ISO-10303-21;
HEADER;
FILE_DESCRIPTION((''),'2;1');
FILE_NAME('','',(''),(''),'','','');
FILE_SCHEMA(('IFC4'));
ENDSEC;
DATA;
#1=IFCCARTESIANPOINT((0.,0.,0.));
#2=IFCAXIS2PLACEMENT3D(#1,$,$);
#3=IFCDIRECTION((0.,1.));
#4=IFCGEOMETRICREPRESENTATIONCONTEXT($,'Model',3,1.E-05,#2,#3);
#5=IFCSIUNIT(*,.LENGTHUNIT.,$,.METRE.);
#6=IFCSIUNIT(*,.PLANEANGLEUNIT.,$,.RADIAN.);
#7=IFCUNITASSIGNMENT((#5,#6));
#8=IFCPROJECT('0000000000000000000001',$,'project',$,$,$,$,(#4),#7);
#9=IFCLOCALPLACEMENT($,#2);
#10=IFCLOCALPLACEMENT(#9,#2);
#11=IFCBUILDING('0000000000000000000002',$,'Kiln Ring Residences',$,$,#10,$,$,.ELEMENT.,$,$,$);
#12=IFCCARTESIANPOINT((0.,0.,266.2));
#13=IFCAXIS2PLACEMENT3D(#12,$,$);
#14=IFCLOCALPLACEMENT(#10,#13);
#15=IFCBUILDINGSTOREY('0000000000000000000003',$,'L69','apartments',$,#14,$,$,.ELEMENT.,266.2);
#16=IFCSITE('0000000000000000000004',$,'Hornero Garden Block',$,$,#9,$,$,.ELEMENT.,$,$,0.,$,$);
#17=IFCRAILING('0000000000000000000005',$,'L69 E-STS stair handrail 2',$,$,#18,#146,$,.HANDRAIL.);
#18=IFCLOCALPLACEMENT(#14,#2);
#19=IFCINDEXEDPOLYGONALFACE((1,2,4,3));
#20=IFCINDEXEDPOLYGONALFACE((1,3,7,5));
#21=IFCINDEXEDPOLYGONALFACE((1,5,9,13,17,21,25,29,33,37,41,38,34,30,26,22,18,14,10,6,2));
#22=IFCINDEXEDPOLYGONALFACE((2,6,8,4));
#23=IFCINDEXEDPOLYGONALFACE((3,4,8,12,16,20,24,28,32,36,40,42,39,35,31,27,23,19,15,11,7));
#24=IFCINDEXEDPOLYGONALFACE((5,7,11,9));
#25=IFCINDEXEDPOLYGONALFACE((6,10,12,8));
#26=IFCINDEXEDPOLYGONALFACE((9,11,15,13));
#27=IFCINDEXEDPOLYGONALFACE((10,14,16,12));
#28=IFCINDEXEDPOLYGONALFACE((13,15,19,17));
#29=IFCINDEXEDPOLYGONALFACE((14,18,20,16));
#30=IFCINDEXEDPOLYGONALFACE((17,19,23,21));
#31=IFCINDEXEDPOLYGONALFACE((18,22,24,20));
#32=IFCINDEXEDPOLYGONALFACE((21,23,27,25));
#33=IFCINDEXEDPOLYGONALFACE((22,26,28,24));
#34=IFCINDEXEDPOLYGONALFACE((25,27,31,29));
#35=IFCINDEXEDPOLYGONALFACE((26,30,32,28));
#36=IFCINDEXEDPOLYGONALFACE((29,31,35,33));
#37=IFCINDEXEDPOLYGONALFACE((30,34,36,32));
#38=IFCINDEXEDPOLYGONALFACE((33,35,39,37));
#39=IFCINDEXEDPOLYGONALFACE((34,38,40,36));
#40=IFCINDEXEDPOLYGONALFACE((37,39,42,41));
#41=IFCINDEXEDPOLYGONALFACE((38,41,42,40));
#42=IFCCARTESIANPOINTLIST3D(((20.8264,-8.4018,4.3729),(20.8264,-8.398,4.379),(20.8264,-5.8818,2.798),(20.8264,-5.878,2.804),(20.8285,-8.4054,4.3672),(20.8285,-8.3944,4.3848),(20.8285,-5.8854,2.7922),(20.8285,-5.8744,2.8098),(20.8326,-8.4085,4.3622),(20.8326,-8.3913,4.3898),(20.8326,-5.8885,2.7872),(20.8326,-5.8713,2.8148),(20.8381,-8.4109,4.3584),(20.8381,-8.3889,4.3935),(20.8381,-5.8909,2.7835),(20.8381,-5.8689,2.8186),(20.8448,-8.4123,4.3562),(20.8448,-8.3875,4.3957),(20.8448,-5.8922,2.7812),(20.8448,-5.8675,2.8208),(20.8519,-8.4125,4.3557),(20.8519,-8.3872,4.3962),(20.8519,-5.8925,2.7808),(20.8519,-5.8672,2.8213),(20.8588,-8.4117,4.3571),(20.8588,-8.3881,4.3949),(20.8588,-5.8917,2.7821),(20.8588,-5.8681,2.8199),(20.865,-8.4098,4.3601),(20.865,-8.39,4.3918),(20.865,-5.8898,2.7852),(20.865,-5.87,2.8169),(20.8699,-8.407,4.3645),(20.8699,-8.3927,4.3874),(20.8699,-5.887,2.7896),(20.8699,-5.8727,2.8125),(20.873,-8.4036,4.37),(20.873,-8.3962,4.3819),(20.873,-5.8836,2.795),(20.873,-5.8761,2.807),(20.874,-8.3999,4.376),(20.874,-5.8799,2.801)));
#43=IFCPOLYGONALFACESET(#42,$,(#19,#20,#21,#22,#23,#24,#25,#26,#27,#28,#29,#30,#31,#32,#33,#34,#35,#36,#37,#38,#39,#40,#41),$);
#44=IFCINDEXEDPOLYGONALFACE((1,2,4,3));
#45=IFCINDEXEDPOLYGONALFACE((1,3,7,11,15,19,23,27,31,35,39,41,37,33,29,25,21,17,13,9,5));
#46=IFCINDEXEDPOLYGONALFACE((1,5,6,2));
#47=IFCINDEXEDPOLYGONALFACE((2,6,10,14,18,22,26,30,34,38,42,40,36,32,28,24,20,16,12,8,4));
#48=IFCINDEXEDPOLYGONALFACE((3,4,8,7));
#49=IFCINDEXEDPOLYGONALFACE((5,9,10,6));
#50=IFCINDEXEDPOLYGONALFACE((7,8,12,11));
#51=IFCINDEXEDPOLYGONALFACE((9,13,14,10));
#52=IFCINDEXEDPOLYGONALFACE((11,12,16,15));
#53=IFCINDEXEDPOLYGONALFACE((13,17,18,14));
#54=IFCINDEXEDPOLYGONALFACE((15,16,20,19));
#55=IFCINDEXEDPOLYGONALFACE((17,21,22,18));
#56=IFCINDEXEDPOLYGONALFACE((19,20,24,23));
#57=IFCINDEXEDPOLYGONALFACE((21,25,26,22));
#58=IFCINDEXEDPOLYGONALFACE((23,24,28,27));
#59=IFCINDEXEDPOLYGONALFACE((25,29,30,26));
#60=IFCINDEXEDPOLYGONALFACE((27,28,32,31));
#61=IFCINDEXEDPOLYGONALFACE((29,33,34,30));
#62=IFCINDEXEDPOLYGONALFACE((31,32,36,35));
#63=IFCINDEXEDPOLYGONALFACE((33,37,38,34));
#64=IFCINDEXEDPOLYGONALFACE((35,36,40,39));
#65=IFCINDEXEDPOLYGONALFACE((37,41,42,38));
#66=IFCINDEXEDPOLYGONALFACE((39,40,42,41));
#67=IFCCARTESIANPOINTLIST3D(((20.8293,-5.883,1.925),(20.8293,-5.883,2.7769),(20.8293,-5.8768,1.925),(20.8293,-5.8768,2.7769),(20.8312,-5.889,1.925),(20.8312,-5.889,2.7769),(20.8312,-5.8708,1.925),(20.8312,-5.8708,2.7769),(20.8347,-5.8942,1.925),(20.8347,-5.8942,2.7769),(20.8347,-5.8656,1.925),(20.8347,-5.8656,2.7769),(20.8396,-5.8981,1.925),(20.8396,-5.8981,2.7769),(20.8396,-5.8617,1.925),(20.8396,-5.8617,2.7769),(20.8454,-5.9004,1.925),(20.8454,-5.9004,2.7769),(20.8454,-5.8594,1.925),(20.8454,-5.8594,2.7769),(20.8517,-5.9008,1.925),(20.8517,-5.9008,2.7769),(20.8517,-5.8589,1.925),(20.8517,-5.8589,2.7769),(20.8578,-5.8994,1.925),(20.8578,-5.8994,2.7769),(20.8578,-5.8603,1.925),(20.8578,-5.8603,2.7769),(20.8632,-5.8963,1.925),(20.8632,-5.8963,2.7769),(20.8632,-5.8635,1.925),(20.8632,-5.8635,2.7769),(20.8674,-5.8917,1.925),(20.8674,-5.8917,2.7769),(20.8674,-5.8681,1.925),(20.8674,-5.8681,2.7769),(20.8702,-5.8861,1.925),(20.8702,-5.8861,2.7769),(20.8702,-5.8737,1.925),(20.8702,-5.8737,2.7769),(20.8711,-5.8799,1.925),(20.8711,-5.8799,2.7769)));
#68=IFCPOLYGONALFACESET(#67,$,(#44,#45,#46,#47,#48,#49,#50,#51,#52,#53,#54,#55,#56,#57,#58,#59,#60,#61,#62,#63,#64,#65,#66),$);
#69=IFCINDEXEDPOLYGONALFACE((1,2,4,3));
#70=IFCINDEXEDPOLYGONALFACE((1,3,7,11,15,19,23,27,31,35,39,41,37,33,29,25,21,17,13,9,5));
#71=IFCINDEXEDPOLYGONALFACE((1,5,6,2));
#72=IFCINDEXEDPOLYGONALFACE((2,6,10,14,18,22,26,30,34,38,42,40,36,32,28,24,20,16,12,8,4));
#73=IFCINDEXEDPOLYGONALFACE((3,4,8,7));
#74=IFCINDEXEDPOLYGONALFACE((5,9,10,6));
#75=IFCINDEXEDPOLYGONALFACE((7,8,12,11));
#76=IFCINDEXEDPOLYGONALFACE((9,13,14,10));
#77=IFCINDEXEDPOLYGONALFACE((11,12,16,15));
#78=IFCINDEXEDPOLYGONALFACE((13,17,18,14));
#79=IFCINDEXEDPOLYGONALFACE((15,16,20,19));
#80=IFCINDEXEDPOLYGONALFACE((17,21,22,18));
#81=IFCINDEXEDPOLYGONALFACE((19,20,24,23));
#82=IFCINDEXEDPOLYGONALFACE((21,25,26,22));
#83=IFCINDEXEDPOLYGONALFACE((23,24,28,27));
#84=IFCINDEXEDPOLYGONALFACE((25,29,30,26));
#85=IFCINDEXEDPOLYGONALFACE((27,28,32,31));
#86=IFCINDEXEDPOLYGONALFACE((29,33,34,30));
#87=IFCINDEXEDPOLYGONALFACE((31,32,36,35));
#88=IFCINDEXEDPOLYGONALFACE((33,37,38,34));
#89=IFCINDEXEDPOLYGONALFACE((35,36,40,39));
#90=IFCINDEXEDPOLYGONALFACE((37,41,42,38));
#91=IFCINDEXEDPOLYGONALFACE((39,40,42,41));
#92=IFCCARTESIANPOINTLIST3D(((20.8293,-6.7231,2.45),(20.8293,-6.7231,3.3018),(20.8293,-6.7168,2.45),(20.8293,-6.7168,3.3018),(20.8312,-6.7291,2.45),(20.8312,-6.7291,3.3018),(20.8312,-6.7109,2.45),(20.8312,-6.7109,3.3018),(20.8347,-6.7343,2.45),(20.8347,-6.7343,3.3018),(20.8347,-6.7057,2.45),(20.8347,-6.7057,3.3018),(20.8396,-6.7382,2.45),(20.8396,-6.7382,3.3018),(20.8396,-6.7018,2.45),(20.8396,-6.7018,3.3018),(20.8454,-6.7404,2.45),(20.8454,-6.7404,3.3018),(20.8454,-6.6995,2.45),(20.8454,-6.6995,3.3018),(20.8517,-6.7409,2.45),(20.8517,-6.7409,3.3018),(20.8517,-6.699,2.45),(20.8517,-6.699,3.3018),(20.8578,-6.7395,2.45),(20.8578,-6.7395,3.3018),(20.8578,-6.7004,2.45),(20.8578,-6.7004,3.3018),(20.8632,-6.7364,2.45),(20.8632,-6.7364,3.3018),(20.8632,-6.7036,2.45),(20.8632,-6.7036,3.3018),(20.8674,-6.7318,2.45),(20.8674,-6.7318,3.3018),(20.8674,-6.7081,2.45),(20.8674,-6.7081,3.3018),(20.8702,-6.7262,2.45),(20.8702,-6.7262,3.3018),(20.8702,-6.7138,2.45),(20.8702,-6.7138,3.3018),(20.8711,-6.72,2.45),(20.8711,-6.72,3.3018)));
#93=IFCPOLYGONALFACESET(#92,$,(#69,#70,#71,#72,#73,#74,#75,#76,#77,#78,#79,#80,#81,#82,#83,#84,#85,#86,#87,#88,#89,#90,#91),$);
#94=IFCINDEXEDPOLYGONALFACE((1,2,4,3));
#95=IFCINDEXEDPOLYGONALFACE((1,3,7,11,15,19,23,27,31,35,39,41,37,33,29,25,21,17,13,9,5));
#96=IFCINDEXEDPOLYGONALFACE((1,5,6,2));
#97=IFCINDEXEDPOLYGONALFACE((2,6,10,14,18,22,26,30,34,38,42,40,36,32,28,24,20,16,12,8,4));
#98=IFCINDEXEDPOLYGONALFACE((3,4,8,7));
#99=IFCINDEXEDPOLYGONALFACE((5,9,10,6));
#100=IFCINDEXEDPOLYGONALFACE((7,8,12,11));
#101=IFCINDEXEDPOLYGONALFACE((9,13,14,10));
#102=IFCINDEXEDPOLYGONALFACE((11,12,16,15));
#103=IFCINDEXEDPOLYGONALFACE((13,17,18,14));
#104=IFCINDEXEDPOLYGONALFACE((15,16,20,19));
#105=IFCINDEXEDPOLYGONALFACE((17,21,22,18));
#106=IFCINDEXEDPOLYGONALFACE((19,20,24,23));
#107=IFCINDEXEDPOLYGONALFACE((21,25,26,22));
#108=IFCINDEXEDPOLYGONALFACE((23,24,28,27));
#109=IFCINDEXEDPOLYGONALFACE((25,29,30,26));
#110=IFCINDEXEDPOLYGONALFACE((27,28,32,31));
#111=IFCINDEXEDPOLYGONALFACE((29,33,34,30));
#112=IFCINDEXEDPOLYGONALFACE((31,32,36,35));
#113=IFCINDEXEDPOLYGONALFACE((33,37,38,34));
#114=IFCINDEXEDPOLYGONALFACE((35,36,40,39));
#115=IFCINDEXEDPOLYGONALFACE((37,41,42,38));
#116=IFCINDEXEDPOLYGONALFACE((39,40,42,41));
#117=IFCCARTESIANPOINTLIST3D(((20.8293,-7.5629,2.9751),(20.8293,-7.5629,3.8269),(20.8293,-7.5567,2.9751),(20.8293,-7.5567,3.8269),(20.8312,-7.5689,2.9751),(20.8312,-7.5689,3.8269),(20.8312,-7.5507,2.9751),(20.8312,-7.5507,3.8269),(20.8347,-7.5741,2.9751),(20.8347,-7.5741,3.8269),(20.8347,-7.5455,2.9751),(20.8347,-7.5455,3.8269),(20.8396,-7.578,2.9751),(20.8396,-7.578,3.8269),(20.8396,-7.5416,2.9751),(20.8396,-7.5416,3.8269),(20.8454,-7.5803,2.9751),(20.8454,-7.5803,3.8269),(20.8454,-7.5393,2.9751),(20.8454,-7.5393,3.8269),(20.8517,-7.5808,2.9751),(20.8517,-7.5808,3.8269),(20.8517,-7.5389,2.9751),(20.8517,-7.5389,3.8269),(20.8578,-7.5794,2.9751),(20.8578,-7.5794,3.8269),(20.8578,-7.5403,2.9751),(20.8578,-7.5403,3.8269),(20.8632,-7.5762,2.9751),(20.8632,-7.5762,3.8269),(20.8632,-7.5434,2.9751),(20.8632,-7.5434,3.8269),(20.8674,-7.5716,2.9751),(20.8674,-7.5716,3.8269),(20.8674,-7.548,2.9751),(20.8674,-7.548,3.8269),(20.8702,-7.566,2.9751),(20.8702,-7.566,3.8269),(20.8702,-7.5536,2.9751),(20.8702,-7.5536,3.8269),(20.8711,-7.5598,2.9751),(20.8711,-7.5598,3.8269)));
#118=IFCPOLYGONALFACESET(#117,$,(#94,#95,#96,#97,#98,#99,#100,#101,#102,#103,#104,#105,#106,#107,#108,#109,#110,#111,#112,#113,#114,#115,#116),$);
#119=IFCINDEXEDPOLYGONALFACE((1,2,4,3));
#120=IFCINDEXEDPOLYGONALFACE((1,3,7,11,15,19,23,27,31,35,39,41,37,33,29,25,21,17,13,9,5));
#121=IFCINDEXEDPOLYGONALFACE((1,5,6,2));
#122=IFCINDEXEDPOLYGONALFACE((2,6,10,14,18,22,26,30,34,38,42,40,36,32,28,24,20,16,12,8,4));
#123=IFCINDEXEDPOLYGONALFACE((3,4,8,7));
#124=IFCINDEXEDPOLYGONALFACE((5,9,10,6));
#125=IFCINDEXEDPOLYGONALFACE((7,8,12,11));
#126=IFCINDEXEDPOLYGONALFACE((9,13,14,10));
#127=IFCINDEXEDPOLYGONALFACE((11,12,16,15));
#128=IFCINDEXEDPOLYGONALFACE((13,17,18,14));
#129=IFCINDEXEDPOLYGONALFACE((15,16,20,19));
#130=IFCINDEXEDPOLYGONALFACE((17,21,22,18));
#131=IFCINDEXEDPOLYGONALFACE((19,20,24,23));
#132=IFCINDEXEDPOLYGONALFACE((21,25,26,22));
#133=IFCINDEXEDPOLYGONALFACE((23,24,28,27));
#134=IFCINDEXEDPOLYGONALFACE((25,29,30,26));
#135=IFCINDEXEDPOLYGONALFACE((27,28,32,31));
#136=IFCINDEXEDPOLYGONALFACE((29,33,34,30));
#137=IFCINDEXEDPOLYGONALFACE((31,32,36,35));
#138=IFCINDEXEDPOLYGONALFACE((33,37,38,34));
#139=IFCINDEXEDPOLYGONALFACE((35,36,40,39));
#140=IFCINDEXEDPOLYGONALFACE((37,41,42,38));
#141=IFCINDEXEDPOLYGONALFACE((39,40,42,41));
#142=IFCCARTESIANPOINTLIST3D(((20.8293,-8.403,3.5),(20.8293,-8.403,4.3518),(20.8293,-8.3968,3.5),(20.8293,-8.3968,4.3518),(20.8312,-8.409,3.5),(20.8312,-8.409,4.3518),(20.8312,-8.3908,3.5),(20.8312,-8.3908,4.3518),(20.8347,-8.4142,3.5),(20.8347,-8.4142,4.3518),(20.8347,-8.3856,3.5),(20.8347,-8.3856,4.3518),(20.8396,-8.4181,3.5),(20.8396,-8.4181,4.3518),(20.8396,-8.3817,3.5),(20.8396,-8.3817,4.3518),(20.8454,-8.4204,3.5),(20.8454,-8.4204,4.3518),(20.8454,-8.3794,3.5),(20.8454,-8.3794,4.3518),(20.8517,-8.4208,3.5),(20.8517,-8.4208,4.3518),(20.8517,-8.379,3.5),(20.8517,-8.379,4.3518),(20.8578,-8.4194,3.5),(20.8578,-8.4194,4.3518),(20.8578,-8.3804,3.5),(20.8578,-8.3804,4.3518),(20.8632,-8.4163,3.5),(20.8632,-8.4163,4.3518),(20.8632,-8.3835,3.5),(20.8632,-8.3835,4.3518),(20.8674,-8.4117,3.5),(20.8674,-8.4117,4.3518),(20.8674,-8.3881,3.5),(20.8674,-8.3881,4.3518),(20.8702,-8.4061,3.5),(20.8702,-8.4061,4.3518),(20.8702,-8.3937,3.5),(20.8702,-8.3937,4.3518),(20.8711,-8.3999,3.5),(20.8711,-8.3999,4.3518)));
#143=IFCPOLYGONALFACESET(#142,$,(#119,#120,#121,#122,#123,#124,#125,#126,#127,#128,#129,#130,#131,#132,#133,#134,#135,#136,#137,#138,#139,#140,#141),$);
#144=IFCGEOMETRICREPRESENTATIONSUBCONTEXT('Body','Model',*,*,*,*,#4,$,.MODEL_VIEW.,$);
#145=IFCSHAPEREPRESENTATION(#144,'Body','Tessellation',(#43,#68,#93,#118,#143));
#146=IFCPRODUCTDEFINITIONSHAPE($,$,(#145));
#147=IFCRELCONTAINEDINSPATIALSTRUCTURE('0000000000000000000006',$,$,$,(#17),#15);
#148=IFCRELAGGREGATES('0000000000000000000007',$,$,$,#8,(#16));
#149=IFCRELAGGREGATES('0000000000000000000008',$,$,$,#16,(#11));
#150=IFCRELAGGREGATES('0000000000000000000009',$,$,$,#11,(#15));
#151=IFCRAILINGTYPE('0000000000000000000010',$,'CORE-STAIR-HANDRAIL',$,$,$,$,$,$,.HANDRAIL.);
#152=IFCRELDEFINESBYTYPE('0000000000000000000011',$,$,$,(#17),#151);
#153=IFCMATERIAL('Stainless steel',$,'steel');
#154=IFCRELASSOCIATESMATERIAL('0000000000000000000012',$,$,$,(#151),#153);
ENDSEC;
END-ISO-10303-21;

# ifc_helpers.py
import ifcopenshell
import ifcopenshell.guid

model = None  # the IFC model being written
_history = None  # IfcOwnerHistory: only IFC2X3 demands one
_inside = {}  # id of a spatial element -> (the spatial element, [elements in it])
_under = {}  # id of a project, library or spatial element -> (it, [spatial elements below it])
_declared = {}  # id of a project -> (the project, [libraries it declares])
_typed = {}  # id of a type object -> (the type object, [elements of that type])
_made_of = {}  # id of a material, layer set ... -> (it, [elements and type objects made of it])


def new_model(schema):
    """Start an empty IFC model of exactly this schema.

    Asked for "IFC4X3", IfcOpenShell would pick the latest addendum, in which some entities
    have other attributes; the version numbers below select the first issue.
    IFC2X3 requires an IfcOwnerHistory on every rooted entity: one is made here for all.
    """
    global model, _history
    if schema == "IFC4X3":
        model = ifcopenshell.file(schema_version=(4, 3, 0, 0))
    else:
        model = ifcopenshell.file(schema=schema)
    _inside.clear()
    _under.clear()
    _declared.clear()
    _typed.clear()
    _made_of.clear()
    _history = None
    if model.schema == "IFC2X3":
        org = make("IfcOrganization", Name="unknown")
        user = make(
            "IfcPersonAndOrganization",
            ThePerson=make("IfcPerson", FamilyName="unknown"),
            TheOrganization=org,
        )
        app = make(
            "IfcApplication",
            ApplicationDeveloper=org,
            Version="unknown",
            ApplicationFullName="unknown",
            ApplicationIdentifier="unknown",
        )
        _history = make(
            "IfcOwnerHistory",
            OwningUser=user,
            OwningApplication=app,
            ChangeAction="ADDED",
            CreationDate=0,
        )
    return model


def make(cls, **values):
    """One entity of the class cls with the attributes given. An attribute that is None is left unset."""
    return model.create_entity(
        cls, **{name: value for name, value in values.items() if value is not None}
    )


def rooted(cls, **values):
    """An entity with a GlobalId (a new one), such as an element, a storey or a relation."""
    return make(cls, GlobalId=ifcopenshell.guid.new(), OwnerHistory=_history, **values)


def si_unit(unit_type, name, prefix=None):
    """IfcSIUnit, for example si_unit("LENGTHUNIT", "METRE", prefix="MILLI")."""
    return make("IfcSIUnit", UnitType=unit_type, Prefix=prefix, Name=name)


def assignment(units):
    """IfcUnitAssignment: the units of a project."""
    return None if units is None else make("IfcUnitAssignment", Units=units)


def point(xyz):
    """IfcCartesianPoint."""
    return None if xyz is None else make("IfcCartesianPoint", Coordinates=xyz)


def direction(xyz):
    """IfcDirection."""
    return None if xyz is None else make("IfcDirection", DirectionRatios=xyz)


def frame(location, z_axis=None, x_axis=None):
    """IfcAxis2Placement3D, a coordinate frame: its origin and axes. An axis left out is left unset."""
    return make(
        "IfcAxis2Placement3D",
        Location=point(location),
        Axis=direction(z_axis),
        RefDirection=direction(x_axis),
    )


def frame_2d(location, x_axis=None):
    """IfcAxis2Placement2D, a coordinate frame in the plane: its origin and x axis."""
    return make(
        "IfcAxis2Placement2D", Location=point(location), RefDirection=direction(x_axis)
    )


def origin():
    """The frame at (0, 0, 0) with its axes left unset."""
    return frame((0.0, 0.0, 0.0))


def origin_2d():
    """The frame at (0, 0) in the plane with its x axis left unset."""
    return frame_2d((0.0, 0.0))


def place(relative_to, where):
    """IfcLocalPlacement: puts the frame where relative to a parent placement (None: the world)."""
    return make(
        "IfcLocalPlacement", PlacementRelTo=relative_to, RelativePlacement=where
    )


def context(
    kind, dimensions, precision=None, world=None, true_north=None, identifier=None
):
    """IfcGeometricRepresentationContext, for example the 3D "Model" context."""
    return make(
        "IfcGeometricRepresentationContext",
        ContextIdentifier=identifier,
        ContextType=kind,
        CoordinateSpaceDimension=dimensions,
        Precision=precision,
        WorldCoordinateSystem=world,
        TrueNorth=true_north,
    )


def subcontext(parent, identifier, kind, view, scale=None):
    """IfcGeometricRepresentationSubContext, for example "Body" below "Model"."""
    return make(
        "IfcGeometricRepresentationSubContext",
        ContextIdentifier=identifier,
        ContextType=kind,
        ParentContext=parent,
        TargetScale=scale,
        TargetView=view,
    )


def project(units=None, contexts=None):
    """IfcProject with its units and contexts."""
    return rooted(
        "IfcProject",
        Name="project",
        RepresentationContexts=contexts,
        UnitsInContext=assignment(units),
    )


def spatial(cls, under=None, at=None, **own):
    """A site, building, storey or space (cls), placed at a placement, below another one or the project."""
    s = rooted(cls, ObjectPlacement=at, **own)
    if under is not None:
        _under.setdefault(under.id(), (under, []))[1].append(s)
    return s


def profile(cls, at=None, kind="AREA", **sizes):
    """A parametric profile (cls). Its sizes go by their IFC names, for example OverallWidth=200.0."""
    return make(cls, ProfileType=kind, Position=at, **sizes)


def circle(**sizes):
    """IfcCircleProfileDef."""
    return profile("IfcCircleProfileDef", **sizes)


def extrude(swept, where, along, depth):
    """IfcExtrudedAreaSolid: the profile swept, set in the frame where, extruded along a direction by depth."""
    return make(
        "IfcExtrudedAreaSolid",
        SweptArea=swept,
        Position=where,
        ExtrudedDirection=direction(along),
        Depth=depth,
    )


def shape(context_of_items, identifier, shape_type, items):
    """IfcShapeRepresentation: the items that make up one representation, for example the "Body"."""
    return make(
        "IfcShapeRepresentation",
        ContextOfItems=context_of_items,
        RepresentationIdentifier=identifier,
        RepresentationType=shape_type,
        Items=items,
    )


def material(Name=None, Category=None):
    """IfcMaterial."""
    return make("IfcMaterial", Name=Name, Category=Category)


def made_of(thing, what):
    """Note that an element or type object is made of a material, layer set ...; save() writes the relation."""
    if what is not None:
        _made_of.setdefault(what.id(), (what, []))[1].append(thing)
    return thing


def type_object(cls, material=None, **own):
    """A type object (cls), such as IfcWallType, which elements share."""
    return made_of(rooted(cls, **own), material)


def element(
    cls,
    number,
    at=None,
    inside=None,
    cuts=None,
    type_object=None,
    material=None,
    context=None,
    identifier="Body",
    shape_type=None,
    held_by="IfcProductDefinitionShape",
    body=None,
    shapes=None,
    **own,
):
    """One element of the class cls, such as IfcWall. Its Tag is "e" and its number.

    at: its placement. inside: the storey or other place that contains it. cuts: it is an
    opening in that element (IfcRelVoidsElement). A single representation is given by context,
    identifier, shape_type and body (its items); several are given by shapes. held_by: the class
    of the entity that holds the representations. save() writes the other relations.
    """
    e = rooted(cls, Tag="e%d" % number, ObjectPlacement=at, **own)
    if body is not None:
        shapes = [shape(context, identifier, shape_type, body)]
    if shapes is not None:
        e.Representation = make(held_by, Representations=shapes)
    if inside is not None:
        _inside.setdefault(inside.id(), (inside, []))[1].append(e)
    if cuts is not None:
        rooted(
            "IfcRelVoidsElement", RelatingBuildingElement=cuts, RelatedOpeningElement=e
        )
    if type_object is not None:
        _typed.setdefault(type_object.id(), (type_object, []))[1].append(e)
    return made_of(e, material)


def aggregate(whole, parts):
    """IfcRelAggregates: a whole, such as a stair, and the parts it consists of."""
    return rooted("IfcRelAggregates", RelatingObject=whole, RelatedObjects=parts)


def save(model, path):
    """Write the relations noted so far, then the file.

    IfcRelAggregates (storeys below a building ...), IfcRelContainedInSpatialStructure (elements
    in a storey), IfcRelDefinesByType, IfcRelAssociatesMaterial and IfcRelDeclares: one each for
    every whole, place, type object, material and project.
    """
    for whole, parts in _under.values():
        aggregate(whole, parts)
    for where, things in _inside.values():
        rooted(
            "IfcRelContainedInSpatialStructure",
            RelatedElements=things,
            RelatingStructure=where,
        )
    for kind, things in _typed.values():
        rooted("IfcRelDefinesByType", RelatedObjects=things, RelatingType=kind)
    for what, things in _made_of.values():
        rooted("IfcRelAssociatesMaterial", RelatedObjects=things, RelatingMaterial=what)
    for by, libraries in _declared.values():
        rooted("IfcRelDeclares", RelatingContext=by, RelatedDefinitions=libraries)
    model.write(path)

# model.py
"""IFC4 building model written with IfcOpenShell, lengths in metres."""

from ifc_helpers import new_model, si_unit, direction, frame, origin, origin_2d, place, context, subcontext, project, spatial, circle, extrude, material, type_object, element, save


model = new_model("IFC4")

# Units and contexts
model_context = context("Model", 3, precision=1e-05, world=origin(), true_north=direction((0.0, 1.0)))
body_context = subcontext(model_context, "Body", "Model", "MODEL_VIEW")
ifc_project = project(units=[si_unit("LENGTHUNIT", "METRE"), si_unit("PLANEANGLEUNIT", "RADIAN")], contexts=[model_context])

# Site, building, storey
site_placement = place(None, origin())
site = spatial("IfcSite", under=ifc_project, at=site_placement, Name="Hornero Garden Block", CompositionType="ELEMENT", RefElevation=0.0)
building_placement = place(site_placement, origin())
building = spatial("IfcBuilding", under=site, at=building_placement, Name="Kiln Ring Residences", CompositionType="ELEMENT")
storey_placement = place(building_placement, frame((0.0, 0.0, 266.2)))
storey = spatial("IfcBuildingStorey", under=building, at=storey_placement, Name="L69", Description="apartments", CompositionType="ELEMENT", Elevation=266.2)

# Railing
ifc_material_1 = material(Name="Stainless steel", Category="steel")
railing_type_1 = type_object("IfcRailingType", Name="CORE-STAIR-HANDRAIL", PredefinedType="HANDRAIL", material=ifc_material_1)
railing_1_placement = place(storey_placement, frame((20.8501, -5.8799, 1.925)))
element("IfcRailing", 1, at=railing_1_placement, inside=storey, type_object=railing_type_1, Name="L69 E-STS stair handrail 2", PredefinedType="HANDRAIL", context=body_context, shape_type="SweptSolid", body=[
    extrude(circle(Radius=0.0239, at=origin_2d()), frame((0.0, 0.0, 0.876), z_axis=(0.0, -0.848008, 0.529984), x_axis=(1.0, 0.0, 0.0)), (0.0, 0.0, 1.0), 2.9717),
    extrude(circle(Radius=0.021, at=origin_2d()), origin(), (0.0, 0.0, 1.0), 0.8518),
    extrude(circle(Radius=0.021, at=origin_2d()), frame((0.0, -0.8401, 0.5249)), (0.0, 0.0, 1.0), 0.8518),
    extrude(circle(Radius=0.021, at=origin_2d()), frame((0.0, -1.6799, 1.05)), (0.0, 0.0, 1.0), 0.8518),
    extrude(circle(Radius=0.021, at=origin_2d()), frame((0.0, -2.52, 1.575)), (0.0, 0.0, 1.0), 0.8518),
])

save(model, "model.ifc")
